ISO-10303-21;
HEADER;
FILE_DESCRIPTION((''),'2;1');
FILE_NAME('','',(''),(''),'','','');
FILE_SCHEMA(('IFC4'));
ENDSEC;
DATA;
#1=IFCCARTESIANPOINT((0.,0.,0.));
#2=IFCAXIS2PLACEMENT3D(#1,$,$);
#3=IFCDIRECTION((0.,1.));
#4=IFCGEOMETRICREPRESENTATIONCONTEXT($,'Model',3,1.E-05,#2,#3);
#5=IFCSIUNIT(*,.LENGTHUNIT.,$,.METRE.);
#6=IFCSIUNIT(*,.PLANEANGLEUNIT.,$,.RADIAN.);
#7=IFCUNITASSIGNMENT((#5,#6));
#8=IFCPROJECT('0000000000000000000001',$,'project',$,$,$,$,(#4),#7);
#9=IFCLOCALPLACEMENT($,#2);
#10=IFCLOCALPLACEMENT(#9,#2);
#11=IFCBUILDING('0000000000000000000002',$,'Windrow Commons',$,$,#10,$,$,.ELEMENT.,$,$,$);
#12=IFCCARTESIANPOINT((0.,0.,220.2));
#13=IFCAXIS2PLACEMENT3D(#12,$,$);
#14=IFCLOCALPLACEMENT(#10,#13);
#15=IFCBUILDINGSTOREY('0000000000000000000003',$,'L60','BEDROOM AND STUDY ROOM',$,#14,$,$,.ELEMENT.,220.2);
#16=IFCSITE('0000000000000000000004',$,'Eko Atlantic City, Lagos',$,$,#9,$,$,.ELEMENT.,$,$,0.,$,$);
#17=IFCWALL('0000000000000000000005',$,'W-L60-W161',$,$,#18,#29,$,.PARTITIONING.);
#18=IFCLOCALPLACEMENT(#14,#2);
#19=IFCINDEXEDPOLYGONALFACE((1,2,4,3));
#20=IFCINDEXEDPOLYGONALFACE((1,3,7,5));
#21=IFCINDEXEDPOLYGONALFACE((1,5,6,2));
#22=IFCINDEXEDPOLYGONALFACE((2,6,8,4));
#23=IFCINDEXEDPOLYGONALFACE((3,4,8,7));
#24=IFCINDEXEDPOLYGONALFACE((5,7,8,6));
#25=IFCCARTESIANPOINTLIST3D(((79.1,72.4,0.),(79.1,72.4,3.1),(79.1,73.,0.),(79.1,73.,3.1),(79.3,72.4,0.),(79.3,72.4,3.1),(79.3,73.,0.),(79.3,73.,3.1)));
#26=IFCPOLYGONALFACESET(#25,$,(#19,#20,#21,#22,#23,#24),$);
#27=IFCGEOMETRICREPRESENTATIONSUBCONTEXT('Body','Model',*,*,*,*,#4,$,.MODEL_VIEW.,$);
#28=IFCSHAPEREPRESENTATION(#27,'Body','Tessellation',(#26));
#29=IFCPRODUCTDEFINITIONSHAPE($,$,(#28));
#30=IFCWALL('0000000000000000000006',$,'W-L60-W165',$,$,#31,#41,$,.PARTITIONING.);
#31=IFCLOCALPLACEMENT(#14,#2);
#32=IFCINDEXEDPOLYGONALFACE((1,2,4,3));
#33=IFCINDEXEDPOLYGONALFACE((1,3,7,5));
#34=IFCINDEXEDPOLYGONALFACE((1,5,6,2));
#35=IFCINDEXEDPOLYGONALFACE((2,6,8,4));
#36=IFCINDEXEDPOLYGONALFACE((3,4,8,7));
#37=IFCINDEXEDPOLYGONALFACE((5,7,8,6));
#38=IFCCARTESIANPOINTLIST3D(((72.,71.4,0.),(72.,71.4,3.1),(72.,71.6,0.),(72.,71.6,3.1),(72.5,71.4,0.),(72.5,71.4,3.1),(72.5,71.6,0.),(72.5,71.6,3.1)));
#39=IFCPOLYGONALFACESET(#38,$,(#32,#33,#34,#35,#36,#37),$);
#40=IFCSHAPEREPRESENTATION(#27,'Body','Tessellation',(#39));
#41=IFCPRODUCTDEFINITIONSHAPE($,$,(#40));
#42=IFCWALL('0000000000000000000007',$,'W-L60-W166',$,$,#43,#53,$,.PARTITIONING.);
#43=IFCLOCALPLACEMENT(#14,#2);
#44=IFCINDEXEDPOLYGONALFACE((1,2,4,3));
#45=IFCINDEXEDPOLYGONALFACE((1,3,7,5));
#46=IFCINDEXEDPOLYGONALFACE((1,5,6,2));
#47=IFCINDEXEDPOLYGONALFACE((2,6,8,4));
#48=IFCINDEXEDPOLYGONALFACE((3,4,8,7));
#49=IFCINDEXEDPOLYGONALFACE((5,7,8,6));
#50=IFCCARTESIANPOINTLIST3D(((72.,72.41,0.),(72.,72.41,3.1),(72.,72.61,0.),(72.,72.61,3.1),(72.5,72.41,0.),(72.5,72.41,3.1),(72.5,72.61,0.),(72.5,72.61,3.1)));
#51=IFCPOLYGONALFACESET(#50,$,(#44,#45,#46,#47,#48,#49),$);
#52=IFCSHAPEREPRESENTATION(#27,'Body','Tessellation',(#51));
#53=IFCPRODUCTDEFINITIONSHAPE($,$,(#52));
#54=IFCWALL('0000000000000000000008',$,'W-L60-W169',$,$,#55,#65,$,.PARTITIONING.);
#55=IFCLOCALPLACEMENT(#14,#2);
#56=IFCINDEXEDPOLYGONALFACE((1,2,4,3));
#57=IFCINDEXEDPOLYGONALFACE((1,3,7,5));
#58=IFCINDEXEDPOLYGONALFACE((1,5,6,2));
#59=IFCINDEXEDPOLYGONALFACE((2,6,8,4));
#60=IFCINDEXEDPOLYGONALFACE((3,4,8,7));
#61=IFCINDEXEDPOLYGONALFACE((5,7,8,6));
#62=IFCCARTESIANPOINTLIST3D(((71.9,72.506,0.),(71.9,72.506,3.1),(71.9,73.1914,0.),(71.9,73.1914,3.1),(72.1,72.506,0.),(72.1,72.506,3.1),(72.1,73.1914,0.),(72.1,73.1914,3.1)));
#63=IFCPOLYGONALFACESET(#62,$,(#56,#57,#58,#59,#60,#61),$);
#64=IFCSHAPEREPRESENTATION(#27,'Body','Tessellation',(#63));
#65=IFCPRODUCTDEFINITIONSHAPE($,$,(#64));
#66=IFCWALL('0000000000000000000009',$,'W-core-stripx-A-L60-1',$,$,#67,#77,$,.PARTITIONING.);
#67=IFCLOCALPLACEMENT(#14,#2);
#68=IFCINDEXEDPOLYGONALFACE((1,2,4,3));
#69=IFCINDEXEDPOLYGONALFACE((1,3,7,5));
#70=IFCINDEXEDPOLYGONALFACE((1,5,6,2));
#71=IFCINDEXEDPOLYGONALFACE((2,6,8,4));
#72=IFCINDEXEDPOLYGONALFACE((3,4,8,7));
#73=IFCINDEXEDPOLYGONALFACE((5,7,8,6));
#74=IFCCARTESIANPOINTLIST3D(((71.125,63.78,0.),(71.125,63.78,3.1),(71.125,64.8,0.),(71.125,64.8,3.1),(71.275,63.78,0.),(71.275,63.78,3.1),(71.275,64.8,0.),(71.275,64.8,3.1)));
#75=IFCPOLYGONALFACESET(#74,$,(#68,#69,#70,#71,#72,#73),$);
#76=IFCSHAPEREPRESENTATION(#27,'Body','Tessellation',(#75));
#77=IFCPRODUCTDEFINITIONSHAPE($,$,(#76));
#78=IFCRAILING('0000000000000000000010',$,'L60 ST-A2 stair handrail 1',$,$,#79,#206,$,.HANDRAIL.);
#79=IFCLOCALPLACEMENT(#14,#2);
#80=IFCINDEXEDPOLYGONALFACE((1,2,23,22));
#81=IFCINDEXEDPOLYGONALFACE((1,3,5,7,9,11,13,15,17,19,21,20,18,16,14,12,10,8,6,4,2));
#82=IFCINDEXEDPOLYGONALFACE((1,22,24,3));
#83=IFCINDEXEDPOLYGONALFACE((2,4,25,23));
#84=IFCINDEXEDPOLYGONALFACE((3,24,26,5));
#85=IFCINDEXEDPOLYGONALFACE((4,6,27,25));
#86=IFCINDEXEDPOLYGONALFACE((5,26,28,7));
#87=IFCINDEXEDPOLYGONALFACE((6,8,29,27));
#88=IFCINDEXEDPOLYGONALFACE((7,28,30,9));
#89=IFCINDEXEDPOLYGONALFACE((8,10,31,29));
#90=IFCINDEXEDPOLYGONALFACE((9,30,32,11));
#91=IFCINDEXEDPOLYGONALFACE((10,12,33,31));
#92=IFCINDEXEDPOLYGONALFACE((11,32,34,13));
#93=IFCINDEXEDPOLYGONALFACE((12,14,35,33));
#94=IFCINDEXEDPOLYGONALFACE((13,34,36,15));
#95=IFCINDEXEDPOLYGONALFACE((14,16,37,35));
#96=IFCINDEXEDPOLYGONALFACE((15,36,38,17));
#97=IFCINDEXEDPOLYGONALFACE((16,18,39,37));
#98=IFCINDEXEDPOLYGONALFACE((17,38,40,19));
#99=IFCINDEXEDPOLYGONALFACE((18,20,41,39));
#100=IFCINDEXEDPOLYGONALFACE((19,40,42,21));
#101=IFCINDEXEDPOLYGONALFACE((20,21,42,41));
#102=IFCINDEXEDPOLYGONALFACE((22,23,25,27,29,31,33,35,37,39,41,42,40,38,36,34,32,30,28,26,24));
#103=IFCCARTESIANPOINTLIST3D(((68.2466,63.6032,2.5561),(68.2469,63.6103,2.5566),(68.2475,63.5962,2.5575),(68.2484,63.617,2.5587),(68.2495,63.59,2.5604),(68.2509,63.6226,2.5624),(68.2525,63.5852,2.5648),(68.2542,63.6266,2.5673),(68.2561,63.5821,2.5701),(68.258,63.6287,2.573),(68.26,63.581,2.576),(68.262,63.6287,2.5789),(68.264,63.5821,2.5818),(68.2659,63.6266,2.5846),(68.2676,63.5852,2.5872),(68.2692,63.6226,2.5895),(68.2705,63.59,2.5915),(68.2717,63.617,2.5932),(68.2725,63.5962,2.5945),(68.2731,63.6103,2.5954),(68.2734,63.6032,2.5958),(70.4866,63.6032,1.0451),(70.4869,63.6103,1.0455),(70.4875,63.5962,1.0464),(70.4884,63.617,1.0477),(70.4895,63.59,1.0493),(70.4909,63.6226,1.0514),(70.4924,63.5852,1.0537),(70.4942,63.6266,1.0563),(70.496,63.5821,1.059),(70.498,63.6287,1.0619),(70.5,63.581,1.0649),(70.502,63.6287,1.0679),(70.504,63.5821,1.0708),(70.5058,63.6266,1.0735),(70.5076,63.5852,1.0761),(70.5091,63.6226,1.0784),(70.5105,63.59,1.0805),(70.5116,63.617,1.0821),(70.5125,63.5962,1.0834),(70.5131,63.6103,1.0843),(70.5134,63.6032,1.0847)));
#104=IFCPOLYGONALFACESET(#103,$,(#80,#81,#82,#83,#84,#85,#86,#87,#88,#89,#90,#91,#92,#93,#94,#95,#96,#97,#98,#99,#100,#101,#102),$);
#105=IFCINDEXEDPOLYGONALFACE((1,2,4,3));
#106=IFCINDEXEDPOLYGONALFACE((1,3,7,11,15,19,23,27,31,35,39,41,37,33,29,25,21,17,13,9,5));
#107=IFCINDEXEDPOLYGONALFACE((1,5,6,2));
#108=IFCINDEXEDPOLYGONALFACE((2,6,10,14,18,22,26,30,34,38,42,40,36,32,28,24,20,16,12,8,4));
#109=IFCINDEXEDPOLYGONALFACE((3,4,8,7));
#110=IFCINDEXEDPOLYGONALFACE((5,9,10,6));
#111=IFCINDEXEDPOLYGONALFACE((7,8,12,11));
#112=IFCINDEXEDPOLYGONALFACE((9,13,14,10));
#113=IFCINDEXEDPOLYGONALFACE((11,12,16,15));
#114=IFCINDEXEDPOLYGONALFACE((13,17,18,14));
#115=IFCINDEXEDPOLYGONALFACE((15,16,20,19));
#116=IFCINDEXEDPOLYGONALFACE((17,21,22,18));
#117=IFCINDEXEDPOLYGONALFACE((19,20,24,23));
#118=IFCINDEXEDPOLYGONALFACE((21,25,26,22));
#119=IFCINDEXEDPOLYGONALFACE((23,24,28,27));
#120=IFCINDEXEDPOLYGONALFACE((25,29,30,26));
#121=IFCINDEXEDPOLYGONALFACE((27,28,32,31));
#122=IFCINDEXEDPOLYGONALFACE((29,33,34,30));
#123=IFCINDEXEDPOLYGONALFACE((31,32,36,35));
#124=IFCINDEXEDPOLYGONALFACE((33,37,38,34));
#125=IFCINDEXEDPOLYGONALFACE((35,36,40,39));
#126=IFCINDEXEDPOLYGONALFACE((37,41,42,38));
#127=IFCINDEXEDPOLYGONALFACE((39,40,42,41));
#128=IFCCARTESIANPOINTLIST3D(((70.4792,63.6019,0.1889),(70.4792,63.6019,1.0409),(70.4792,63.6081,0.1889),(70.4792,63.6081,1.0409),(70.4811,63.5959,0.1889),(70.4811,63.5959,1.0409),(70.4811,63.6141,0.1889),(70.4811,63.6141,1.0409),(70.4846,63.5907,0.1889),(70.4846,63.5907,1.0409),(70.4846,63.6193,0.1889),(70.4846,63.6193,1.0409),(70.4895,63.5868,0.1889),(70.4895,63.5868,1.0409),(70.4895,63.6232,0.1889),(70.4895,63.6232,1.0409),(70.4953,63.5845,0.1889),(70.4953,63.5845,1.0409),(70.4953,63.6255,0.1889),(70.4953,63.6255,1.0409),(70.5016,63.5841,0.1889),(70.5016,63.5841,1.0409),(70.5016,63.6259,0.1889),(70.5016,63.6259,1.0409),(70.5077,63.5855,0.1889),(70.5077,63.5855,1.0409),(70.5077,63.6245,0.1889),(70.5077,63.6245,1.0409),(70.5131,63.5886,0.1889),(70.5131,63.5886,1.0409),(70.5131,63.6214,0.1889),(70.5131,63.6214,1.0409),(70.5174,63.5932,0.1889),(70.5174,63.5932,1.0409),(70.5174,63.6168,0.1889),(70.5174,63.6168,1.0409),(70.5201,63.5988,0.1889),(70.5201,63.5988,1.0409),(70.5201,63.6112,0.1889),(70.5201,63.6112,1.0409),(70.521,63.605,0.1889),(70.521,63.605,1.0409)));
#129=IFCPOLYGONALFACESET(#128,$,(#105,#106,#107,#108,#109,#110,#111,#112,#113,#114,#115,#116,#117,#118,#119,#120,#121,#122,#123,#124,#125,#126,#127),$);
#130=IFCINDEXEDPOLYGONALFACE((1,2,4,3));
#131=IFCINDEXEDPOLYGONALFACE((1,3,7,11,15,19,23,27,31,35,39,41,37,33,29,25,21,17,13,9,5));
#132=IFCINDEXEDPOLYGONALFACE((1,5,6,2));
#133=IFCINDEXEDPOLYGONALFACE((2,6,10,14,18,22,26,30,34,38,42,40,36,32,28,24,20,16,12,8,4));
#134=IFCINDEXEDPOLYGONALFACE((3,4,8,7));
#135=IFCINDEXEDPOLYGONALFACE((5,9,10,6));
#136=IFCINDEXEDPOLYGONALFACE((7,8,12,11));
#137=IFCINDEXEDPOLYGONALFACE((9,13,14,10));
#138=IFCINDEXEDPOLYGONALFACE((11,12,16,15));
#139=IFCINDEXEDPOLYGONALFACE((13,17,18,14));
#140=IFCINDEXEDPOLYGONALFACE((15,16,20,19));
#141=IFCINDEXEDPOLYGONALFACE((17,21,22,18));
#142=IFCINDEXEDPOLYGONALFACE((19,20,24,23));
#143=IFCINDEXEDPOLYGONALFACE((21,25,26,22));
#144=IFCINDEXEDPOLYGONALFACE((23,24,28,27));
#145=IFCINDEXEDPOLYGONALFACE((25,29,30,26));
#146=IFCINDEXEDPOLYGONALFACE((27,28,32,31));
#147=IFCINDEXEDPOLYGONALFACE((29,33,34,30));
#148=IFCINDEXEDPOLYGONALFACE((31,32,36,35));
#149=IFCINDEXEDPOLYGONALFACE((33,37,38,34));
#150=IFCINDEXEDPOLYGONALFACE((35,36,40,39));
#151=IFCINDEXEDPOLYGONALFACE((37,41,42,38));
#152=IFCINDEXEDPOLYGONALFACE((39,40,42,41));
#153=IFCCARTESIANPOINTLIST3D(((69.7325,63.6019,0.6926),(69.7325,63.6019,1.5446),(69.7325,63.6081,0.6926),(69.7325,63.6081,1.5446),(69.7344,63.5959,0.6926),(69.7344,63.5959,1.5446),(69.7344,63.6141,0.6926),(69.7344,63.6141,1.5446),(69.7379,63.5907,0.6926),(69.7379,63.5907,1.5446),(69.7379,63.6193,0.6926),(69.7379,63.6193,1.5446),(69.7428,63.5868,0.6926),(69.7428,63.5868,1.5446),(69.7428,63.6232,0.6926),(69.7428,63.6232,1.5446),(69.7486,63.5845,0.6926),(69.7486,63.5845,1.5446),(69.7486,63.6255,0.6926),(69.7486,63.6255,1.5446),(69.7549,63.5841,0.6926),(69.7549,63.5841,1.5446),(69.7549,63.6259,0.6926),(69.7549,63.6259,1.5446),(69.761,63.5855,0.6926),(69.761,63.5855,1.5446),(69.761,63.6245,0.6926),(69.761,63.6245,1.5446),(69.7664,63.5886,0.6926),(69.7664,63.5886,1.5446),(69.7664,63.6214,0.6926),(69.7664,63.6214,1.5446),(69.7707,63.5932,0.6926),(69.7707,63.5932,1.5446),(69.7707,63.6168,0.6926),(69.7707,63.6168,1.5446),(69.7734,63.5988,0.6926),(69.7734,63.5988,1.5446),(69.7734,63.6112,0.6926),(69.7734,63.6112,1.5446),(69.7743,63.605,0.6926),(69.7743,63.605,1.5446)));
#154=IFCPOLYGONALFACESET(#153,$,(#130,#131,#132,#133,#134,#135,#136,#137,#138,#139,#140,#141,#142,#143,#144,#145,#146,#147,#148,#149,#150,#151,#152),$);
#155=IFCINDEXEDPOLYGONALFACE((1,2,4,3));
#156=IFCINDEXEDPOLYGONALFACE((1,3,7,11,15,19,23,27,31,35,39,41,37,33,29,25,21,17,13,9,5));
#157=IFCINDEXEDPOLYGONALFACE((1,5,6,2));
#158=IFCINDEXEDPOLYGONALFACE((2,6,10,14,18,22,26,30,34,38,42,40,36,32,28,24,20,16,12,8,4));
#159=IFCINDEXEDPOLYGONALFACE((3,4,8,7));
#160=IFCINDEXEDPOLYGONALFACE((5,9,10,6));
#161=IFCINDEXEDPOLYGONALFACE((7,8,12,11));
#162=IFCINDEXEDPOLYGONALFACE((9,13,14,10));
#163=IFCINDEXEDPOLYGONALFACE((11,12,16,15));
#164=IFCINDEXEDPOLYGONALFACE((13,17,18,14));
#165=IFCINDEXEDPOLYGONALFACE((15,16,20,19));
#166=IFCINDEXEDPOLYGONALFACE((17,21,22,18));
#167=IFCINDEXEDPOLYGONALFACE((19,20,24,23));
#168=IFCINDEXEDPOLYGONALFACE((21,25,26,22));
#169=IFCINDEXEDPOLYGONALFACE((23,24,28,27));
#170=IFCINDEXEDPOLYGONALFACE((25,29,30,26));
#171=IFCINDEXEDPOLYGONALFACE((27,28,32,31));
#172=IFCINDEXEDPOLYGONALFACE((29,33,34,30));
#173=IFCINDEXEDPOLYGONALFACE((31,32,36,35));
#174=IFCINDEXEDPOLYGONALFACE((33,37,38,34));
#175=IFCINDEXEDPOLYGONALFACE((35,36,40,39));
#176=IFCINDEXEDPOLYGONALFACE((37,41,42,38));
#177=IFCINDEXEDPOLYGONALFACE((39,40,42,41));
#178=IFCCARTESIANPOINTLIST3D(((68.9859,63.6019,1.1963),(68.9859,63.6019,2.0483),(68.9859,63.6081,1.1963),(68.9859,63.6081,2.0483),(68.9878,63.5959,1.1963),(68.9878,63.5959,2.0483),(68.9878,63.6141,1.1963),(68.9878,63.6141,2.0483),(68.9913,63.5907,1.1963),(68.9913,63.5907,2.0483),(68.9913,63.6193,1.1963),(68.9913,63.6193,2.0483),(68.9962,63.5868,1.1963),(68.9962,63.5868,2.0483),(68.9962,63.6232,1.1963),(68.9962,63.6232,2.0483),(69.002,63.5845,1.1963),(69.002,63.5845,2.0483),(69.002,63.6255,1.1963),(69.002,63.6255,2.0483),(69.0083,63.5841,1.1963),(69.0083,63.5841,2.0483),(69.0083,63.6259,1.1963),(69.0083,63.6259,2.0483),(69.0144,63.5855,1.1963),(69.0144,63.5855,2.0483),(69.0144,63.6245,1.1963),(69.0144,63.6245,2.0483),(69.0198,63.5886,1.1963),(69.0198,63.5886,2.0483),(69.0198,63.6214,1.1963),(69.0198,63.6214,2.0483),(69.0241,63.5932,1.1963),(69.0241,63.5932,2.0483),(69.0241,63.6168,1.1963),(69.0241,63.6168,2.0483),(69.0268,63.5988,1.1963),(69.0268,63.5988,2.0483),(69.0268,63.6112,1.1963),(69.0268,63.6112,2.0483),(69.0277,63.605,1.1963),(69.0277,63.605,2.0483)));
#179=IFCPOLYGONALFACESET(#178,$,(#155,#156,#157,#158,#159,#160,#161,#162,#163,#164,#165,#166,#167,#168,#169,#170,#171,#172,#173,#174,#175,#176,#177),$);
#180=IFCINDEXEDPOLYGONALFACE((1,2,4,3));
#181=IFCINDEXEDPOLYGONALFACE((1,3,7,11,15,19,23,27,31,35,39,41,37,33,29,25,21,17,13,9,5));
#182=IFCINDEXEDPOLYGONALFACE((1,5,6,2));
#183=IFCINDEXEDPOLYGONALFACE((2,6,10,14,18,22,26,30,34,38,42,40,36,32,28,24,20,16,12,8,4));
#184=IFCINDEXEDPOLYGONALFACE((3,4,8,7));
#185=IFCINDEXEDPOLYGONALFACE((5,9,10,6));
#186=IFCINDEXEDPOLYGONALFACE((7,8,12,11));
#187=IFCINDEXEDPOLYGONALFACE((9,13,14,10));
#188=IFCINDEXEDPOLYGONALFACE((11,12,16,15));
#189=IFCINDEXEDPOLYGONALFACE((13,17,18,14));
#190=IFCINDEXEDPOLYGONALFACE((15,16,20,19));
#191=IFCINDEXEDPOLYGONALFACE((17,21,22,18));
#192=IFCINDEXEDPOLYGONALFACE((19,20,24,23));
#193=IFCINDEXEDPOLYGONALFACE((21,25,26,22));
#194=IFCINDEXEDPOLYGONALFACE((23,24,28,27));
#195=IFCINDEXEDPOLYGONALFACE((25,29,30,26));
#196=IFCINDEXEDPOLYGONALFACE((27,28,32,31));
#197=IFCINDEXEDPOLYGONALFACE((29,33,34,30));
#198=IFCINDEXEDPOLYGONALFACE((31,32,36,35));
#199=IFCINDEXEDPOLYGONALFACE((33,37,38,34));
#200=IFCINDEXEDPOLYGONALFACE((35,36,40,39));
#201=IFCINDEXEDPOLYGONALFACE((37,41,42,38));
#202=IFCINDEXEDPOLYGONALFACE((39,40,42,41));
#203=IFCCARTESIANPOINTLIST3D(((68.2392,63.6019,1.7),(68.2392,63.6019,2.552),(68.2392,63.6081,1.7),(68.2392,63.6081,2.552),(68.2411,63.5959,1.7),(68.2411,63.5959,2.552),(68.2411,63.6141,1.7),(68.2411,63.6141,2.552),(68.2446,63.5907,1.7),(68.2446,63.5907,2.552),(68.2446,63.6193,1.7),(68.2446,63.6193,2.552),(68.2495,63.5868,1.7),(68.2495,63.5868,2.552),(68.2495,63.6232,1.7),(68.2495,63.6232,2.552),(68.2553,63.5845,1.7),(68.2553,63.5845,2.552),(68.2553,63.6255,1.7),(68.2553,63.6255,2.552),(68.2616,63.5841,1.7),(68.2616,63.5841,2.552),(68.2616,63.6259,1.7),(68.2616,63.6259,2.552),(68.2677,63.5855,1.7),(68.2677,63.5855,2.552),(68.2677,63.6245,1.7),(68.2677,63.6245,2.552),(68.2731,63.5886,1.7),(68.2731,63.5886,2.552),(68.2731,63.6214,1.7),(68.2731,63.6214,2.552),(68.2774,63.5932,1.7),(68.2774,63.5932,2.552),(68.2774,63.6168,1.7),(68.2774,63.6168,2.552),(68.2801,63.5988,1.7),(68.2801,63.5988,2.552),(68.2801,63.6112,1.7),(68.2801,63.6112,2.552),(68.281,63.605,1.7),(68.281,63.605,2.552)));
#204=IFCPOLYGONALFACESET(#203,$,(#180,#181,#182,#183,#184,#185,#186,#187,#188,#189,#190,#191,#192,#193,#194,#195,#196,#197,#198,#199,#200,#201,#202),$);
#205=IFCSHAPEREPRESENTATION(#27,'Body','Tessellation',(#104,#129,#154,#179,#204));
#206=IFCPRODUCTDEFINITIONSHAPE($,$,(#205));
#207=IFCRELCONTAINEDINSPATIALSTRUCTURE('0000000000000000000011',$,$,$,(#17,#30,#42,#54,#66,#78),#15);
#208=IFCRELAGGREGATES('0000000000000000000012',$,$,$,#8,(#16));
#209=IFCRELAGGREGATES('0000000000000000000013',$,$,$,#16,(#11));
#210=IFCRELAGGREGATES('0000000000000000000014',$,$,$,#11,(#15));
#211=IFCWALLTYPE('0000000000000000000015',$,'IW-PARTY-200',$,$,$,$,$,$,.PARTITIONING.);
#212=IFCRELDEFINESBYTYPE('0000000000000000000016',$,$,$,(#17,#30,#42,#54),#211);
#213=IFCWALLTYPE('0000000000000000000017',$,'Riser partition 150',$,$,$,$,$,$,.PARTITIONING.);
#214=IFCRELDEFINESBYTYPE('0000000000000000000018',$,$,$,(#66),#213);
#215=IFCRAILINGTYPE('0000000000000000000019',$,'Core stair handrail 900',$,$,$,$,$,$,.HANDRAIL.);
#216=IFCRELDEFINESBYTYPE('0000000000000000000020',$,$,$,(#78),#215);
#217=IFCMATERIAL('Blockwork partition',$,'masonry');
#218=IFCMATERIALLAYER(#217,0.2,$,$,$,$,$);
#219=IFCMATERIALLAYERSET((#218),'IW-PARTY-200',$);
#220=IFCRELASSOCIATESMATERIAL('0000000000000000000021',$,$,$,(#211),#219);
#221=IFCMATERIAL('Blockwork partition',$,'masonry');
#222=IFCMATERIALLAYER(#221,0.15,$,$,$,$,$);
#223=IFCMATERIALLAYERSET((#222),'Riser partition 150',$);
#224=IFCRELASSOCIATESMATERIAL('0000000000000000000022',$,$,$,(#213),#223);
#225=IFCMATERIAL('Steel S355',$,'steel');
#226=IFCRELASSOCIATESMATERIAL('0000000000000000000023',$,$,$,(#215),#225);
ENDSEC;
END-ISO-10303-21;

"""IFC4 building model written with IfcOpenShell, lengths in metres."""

from ifc_helpers import new_model, si_unit, direction, frame, frame_2d, origin, origin_2d, place, context, subcontext, project, spatial, rectangle, circle, extrude, material, layer, layer_set, type_object, element, save


model = new_model("IFC4")

# Units and contexts
model_context = context("Model", 3, precision=1e-05, world=origin(), true_north=direction((0.0, 1.0)))
body_context = subcontext(model_context, "Body", "Model", "MODEL_VIEW")
ifc_project = project(units=[si_unit("LENGTHUNIT", "METRE"), si_unit("PLANEANGLEUNIT", "RADIAN")], contexts=[model_context])

# Site, building, storey
site_placement = place(None, origin())
site = spatial("IfcSite", under=ifc_project, at=site_placement, Name="Eko Atlantic City, Lagos", CompositionType="ELEMENT", RefElevation=0.0)
building_placement = place(site_placement, origin())
building = spatial("IfcBuilding", under=site, at=building_placement, Name="Windrow Commons", CompositionType="ELEMENT")
storey_placement = place(building_placement, frame((0.0, 0.0, 220.2)))
storey = spatial("IfcBuildingStorey", under=building, at=storey_placement, Name="L60", Description="BEDROOM AND STUDY ROOM", CompositionType="ELEMENT", Elevation=220.2)

# Walls
ifc_material_1 = material(Name="Blockwork partition", Category="masonry")
ifc_layer_1 = layer(ifc_material_1, 0.2)
ifc_layer_set_1 = layer_set([ifc_layer_1], Name="IW-PARTY-200")
wall_type_1 = type_object("IfcWallType", Name="IW-PARTY-200", PredefinedType="PARTITIONING", material=ifc_layer_set_1)
wall_1_placement = place(storey_placement, frame((79.2, 72.4, 0.0), z_axis=(0.0, 0.0, 1.0), x_axis=(0.0, 1.0, 0.0)))
element("IfcWall", 1, at=wall_1_placement, inside=storey, type_object=wall_type_1, Name="W-L60-W161", PredefinedType="PARTITIONING", context=body_context, shape_type="SweptSolid", body=[
    extrude(rectangle(XDim=0.6, YDim=0.2, at=frame_2d((0.3, 0.0))), origin(), (0.0, 0.0, 1.0), 3.1),
])
for number, where, z_axis, x_axis, name in (
    (2, (72.0, 71.5, 0.0), (0.0, 0.0, 1.0), (1.0, 0.0, 0.0), "W-L60-W165"),
    (3, (72.0, 72.51, 0.0), (0.0, 0.0, 1.0), (1.0, 0.0, 0.0), "W-L60-W166"),
):
    element("IfcWall", number, at=place(storey_placement, frame(where, z_axis=z_axis, x_axis=x_axis)), inside=storey, type_object=wall_type_1, Name=name, PredefinedType="PARTITIONING", context=body_context, shape_type="SweptSolid", body=[
        extrude(rectangle(XDim=0.5, YDim=0.2, at=frame_2d((0.25, 0.0))), origin(), (0.0, 0.0, 1.0), 3.1),
    ])
wall_2_placement = place(storey_placement, frame((72.0, 72.506, 0.0), z_axis=(0.0, 0.0, 1.0), x_axis=(0.0, 1.0, 0.0)))
element("IfcWall", 4, at=wall_2_placement, inside=storey, type_object=wall_type_1, Name="W-L60-W169", PredefinedType="PARTITIONING", context=body_context, shape_type="SweptSolid", body=[
    extrude(rectangle(XDim=0.6855, YDim=0.2, at=frame_2d((0.3427, 0.0))), origin(), (0.0, 0.0, 1.0), 3.1),
])
ifc_material_2 = material(Name="Blockwork partition", Category="masonry")
ifc_layer_2 = layer(ifc_material_2, 0.15)
ifc_layer_set_2 = layer_set([ifc_layer_2], Name="Riser partition 150")
wall_type_2 = type_object("IfcWallType", Name="Riser partition 150", PredefinedType="PARTITIONING", material=ifc_layer_set_2)
wall_3_placement = place(storey_placement, frame((71.2, 63.78, 0.0), z_axis=(0.0, 0.0, 1.0), x_axis=(0.0, 1.0, 0.0)))
element("IfcWall", 5, at=wall_3_placement, inside=storey, type_object=wall_type_2, Name="W-core-stripx-A-L60-1", PredefinedType="PARTITIONING", context=body_context, shape_type="SweptSolid", body=[
    extrude(rectangle(XDim=1.02, YDim=0.15, at=frame_2d((0.51, 0.0))), origin(), (0.0, 0.0, 1.0), 3.1),
])

# Railing
ifc_material_3 = material(Name="Steel S355", Category="steel")
railing_type = type_object("IfcRailingType", Name="Core stair handrail 900", PredefinedType="HANDRAIL", material=ifc_material_3)
railing_placement = place(storey_placement, frame((70.5, 63.605, 0.1889)))
element("IfcRailing", 6, at=railing_placement, inside=storey, type_object=railing_type, Name="L60 ST-A2 stair handrail 1", PredefinedType="HANDRAIL", context=body_context, shape_type="SweptSolid", body=[
    extrude(circle(Radius=0.024, at=origin_2d()), frame((0.0, 0.0, 0.876), z_axis=(-0.829003, 0.0, 0.559244), x_axis=(0.0, -1.0, 0.0)), (0.0, 0.0, 1.0), 2.702),
    extrude(circle(Radius=0.021, at=origin_2d()), origin(), (0.0, 0.0, 1.0), 0.852),
    extrude(circle(Radius=0.021, at=origin_2d()), frame((-0.7467, 0.0, 0.5037)), (0.0, 0.0, 1.0), 0.852),
    extrude(circle(Radius=0.021, at=origin_2d()), frame((-1.4933, 0.0, 1.0074)), (0.0, 0.0, 1.0), 0.852),
    extrude(circle(Radius=0.021, at=origin_2d()), frame((-2.24, 0.0, 1.5111)), (0.0, 0.0, 1.0), 0.852),
])

save(model, "model.ifc")
